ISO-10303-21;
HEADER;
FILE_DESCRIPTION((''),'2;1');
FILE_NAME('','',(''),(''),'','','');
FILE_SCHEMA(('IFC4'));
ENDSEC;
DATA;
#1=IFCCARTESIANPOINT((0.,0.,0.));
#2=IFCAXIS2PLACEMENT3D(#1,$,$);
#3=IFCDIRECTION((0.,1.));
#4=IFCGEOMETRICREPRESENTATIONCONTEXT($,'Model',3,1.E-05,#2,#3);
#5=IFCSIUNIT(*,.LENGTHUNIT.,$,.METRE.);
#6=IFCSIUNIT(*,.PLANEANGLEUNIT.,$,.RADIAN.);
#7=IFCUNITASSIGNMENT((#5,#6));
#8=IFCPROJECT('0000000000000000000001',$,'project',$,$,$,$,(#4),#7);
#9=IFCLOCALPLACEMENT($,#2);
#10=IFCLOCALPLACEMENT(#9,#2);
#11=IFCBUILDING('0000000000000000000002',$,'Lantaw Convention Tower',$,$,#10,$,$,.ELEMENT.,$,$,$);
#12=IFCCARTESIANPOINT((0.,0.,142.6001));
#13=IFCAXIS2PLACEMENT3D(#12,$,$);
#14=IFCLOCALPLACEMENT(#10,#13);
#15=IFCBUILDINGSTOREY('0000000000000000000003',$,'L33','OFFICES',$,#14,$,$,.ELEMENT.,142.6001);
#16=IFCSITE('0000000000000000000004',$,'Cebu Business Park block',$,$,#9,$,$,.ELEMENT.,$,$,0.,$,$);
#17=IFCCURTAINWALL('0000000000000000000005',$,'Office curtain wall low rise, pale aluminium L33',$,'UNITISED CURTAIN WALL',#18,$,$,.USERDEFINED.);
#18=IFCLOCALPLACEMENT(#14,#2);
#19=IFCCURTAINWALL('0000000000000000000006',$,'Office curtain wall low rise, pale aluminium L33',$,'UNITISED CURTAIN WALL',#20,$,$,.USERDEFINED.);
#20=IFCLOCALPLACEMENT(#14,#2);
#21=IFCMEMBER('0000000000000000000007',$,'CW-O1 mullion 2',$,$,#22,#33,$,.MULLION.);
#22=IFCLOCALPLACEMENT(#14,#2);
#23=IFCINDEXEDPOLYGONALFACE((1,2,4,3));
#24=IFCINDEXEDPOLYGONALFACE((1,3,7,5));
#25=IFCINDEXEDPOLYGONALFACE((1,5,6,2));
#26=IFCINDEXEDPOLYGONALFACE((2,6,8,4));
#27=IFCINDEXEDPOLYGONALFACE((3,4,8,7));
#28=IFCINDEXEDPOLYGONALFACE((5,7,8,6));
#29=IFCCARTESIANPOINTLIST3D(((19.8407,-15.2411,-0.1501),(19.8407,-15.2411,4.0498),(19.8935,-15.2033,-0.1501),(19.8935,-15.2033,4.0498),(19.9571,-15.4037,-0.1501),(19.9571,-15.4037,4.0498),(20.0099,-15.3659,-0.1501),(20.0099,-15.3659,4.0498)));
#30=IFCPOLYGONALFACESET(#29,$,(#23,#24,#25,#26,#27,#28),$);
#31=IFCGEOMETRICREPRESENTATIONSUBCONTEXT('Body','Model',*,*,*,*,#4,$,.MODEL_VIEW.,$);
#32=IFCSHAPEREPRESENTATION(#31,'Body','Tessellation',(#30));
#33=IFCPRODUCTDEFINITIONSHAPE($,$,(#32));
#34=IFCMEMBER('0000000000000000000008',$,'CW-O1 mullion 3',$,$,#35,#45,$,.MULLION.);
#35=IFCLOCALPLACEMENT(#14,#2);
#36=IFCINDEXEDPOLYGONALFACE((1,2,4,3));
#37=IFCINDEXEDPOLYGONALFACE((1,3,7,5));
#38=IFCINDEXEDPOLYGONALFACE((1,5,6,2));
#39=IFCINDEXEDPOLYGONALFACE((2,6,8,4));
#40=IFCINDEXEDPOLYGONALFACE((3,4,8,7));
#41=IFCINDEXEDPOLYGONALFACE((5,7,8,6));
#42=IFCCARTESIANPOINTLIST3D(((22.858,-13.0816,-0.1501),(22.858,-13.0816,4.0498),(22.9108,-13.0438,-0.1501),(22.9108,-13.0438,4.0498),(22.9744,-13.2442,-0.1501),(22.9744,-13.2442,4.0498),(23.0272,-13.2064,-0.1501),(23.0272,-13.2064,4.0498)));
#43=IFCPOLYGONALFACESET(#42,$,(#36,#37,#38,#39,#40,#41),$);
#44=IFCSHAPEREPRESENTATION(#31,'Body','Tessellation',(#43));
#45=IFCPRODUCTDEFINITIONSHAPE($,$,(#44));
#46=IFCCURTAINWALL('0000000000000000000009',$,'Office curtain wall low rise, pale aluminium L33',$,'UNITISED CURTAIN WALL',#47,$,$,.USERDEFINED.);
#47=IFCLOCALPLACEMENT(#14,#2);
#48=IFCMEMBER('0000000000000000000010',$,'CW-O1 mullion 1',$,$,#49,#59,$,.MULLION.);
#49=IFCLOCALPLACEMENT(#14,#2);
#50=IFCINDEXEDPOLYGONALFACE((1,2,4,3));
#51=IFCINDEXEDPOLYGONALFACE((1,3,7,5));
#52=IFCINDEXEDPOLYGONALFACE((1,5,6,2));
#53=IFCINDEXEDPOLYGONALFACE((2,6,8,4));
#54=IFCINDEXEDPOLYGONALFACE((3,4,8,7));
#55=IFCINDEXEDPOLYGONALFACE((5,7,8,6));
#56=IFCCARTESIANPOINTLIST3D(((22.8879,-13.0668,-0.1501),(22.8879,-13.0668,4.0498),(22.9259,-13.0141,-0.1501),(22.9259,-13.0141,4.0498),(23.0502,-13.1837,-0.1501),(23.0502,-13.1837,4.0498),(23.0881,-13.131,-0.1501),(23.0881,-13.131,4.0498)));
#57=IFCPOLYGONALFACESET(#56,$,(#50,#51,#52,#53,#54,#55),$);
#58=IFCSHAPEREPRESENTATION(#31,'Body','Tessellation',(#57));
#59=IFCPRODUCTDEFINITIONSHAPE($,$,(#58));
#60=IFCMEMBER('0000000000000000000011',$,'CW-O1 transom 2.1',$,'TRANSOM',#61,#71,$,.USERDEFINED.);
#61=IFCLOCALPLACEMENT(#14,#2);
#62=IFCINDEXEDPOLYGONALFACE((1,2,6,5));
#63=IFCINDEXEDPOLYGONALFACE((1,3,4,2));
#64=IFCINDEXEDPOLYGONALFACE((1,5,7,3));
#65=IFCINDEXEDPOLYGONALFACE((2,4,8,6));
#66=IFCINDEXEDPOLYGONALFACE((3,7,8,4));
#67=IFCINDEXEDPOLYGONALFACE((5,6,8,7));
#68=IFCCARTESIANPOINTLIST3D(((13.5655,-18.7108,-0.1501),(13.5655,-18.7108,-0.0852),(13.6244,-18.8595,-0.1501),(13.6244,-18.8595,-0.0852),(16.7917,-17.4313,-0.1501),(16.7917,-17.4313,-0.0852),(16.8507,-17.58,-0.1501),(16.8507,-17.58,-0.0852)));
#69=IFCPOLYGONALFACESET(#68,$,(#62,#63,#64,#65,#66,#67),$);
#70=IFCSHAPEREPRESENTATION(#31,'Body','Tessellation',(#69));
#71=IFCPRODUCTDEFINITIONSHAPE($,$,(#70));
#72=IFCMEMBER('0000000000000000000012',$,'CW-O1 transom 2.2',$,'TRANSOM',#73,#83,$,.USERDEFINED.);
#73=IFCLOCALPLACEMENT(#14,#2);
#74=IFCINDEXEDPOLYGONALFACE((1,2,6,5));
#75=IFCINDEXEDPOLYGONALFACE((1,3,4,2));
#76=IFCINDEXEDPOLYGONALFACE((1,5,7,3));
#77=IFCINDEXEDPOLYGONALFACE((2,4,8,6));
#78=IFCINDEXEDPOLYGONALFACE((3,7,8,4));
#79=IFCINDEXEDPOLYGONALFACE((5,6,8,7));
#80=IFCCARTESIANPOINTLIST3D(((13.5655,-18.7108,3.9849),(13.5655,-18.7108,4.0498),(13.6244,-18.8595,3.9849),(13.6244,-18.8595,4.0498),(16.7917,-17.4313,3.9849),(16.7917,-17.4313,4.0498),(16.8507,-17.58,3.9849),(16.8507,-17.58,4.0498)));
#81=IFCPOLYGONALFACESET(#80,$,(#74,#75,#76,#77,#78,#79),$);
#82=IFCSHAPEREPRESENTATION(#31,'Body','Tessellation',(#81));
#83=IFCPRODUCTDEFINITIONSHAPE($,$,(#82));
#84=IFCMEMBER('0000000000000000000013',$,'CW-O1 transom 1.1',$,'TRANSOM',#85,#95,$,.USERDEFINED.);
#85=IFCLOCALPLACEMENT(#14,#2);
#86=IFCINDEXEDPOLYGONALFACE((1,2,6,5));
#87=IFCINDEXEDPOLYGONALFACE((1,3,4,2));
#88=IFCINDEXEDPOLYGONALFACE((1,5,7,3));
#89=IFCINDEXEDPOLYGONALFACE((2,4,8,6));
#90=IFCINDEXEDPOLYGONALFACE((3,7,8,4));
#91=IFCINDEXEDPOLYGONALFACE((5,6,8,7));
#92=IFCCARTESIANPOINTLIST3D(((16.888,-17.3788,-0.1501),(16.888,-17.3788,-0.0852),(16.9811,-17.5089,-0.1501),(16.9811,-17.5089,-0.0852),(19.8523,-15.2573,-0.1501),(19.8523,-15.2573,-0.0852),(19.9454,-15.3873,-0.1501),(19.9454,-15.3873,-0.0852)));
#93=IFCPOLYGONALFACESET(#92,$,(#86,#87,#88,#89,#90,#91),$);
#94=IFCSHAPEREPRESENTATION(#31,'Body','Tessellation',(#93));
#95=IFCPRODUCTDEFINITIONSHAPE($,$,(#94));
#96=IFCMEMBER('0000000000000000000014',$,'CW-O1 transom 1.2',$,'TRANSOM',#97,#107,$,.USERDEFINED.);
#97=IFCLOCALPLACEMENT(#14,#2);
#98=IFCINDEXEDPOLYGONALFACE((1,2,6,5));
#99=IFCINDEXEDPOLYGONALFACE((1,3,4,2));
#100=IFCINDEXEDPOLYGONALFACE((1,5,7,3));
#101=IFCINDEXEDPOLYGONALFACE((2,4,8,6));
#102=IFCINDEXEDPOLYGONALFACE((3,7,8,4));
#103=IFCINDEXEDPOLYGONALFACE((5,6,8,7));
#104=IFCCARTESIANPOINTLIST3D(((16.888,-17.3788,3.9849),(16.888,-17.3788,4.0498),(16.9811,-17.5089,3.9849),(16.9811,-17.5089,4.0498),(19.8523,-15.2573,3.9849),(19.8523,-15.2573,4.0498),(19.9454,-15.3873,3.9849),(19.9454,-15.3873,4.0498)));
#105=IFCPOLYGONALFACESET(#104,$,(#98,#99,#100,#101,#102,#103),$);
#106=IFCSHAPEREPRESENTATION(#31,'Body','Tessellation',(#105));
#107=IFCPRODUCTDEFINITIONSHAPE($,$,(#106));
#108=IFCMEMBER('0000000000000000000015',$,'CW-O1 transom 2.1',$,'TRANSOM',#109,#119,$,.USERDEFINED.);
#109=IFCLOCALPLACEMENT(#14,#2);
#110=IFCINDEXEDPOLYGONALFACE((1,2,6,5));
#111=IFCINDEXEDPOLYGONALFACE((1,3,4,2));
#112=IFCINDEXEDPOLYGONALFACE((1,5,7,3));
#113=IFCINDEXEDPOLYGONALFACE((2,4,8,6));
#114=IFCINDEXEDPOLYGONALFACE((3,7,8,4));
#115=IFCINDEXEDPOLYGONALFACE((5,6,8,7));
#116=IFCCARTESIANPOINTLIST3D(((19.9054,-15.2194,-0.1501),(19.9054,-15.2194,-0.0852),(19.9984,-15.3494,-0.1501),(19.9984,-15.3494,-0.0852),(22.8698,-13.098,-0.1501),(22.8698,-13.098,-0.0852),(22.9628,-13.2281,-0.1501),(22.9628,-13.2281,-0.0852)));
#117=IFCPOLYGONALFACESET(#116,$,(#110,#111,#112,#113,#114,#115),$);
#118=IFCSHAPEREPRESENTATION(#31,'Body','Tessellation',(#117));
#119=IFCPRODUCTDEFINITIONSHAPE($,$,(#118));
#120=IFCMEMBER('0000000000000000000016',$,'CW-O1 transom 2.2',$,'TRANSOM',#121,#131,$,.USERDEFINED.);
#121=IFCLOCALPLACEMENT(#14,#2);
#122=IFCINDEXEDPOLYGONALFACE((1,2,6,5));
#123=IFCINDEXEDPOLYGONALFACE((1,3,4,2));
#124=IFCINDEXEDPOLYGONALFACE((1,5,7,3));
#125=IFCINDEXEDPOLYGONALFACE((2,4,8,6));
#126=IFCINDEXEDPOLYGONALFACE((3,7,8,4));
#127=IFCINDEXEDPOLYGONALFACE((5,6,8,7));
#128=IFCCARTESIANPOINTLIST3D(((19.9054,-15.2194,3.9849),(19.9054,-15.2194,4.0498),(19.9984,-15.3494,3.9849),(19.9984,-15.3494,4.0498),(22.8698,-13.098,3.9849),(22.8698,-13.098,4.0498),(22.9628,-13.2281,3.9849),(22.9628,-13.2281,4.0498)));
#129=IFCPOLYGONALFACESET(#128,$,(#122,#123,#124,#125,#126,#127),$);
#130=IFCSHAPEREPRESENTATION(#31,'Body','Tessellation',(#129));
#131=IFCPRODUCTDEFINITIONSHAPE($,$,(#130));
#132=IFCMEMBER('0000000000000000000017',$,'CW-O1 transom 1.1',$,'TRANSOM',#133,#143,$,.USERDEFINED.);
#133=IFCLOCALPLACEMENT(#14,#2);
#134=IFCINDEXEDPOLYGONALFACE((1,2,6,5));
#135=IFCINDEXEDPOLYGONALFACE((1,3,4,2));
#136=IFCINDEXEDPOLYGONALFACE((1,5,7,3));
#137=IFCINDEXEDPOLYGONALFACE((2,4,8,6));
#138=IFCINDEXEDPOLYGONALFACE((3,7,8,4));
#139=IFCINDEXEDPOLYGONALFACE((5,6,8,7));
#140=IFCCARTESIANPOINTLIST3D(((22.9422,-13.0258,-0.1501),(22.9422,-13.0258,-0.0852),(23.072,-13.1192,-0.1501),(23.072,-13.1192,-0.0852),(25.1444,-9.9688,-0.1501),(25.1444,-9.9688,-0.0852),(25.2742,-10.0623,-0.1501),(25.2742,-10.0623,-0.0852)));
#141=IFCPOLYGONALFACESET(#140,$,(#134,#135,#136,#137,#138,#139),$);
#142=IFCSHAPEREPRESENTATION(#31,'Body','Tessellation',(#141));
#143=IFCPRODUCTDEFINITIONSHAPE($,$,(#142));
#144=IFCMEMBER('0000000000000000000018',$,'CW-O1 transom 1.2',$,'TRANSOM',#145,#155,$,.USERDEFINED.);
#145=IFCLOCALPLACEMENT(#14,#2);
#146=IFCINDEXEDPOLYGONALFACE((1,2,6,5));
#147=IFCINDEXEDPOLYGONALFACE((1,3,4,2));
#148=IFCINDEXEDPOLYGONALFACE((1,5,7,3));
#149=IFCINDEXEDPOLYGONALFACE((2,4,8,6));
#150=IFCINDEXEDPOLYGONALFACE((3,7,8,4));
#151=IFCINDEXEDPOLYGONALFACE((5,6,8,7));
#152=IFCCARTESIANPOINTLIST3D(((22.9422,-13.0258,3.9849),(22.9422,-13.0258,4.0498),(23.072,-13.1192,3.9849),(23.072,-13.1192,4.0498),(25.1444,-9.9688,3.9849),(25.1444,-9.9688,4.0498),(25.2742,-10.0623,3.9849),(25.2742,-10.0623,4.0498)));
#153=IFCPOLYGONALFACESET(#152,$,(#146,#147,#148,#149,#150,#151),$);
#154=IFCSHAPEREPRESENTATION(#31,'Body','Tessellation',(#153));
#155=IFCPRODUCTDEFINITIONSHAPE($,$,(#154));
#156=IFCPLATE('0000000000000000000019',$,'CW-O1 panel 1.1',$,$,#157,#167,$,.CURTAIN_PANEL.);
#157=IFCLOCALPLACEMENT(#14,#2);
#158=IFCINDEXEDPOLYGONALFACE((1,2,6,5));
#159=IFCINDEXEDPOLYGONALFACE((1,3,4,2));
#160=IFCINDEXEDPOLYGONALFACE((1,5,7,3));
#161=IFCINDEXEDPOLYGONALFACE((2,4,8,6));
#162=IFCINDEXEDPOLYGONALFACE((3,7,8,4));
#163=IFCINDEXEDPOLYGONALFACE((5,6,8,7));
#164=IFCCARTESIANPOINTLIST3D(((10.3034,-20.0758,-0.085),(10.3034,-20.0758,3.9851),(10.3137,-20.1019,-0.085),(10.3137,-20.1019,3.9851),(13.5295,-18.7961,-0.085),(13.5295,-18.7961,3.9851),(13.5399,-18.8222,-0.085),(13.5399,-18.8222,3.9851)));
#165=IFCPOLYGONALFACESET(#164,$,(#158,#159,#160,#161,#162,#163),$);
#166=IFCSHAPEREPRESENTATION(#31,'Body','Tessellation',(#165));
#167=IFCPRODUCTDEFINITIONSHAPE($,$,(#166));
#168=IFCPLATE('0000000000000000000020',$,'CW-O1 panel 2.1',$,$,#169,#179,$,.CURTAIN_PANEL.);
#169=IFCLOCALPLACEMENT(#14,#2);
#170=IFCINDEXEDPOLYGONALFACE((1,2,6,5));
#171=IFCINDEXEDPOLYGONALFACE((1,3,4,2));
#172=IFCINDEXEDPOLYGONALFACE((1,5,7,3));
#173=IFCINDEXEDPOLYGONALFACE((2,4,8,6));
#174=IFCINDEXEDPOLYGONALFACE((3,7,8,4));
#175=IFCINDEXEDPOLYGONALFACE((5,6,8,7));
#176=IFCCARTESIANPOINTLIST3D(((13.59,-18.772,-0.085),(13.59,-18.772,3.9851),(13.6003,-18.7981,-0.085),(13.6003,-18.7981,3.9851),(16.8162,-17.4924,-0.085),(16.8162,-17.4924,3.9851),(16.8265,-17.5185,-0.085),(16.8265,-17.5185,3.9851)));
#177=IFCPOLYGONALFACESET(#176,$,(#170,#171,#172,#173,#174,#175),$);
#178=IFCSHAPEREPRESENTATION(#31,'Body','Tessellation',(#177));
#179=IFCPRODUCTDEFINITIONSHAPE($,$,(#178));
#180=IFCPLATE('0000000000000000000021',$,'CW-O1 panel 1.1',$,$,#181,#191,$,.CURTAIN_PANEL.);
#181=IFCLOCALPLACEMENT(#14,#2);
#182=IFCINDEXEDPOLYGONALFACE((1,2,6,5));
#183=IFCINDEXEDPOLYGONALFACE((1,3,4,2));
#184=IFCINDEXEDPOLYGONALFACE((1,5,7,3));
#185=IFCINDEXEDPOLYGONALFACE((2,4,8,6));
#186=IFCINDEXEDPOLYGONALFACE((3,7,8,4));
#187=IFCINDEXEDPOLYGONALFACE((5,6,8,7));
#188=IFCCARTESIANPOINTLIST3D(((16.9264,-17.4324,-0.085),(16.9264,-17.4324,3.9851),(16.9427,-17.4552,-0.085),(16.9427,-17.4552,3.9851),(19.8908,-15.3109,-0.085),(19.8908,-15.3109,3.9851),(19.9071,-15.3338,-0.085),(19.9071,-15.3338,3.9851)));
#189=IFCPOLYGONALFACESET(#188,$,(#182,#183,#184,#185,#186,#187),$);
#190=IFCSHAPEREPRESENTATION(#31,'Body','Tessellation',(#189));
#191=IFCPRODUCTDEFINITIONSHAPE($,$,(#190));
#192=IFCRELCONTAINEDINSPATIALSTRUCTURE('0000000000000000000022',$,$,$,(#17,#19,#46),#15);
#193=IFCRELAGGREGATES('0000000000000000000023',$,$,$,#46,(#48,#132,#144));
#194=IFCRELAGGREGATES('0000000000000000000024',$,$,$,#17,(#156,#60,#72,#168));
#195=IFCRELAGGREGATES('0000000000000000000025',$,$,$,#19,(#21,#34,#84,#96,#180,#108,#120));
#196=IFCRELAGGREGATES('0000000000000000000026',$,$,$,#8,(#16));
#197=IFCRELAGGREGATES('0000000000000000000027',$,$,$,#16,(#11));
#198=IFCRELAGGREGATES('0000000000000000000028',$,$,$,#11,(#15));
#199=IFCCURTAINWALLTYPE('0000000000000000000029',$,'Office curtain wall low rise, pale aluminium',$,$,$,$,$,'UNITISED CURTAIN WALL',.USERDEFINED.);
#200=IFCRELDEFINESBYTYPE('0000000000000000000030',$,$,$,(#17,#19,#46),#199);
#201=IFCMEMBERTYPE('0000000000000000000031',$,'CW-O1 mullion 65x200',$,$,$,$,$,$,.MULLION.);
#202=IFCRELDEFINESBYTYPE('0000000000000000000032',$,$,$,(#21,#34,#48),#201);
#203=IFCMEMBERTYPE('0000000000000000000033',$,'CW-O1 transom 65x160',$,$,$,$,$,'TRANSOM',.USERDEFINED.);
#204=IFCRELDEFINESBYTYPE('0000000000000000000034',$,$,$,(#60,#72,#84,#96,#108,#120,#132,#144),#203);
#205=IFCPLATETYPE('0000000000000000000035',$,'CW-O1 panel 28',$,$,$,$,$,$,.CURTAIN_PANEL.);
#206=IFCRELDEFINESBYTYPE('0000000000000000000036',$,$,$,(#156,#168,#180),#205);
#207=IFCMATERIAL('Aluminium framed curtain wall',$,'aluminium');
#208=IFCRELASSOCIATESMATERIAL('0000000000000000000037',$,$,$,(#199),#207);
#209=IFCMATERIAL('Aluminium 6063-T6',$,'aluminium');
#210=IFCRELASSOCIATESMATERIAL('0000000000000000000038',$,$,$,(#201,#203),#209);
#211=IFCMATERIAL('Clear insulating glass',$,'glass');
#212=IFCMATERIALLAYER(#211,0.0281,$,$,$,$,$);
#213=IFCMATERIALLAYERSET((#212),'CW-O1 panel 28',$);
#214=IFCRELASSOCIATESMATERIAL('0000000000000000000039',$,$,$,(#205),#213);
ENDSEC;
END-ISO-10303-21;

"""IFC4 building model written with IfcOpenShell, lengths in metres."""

from ifc_helpers import new_model, si_unit, direction, frame, origin, origin_2d, place, context, subcontext, project, spatial, rectangle, extrude, material, layer, layer_set, material_profile, profile_set, type_object, element, aggregate, save


model = new_model("IFC4")

# Units and contexts
model_context = context("Model", 3, precision=1e-05, world=origin(), true_north=direction((0.0, 1.0)))
body_context = subcontext(model_context, "Body", "Model", "MODEL_VIEW")
ifc_project = project(units=[si_unit("LENGTHUNIT", "METRE"), si_unit("PLANEANGLEUNIT", "RADIAN")], contexts=[model_context])

# Site, building, storey
site_placement = place(None, origin())
site = spatial("IfcSite", under=ifc_project, at=site_placement, Name="Cebu Business Park block", CompositionType="ELEMENT", RefElevation=0.0)
building_placement = place(site_placement, origin())
building = spatial("IfcBuilding", under=site, at=building_placement, Name="Lantaw Convention Tower", CompositionType="ELEMENT")
storey_placement = place(building_placement, frame((0.0, 0.0, 142.6001)))
storey = spatial("IfcBuildingStorey", under=building, at=storey_placement, Name="L33", Description="OFFICES", CompositionType="ELEMENT", Elevation=142.6001)

# Curtain walls, members
ifc_material_1 = material(Name="Aluminium framed curtain wall", Category="aluminium")
curtain_wall_type = type_object("IfcCurtainWallType", Name="Office curtain wall low rise, pale aluminium", ElementType="UNITISED CURTAIN WALL", PredefinedType="USERDEFINED", material=ifc_material_1)
curtain_wall_1_placement = place(storey_placement, origin())
curtain_wall_1 = element("IfcCurtainWall", 1, at=curtain_wall_1_placement, inside=storey, type_object=curtain_wall_type, Name="Office curtain wall low rise, pale aluminium L33", ObjectType="UNITISED CURTAIN WALL", PredefinedType="USERDEFINED")
ifc_material_2 = material(Name="Aluminium 6063-T6", Category="aluminium")
ifc_material_profile_1 = material_profile(ifc_material_2, rectangle(XDim=0.2, YDim=0.0649, at=origin_2d()), Name="CW-O1 mullion 65x200")
ifc_profile_set_1 = profile_set([ifc_material_profile_1], Name="Aluminium 6063-T6")
member_type_1 = type_object("IfcMemberType", Name="CW-O1 mullion 65x200", PredefinedType="MULLION", material=ifc_profile_set_1)
curtain_wall_2_placement = place(storey_placement, origin())
curtain_wall_2 = element("IfcCurtainWall", 2, at=curtain_wall_2_placement, inside=storey, type_object=curtain_wall_type, Name="Office curtain wall low rise, pale aluminium L33", ObjectType="UNITISED CURTAIN WALL", PredefinedType="USERDEFINED")
member_1_placement = place(storey_placement, frame((19.9253, -15.3035, -0.1501), z_axis=(0.0, 0.0, 1.0), x_axis=(-0.581973, 0.813208, 0.0)))
member_1 = element("IfcMember", 3, at=member_1_placement, type_object=member_type_1, Name="CW-O1 mullion 2", PredefinedType="MULLION", context=body_context, shape_type="SweptSolid", body=[
    extrude(rectangle(XDim=0.2, YDim=0.0649, at=origin_2d()), origin(), (0.0, 0.0, 1.0), 4.2),
])
member_2_placement = place(storey_placement, frame((22.9426, -13.144, -0.1501), z_axis=(0.0, 0.0, 1.0), x_axis=(-0.581973, 0.813208, 0.0)))
member_2 = element("IfcMember", 4, at=member_2_placement, type_object=member_type_1, Name="CW-O1 mullion 3", PredefinedType="MULLION", context=body_context, shape_type="SweptSolid", body=[
    extrude(rectangle(XDim=0.2, YDim=0.0649, at=origin_2d()), origin(), (0.0, 0.0, 1.0), 4.2),
])

# Curtain wall, member
curtain_wall_3_placement = place(storey_placement, origin())
curtain_wall_3 = element("IfcCurtainWall", 5, at=curtain_wall_3_placement, inside=storey, type_object=curtain_wall_type, Name="Office curtain wall low rise, pale aluminium L33", ObjectType="UNITISED CURTAIN WALL", PredefinedType="USERDEFINED")
member_3_placement = place(storey_placement, frame((22.988, -13.0989, -0.1501), z_axis=(0.0, 0.0, 1.0), x_axis=(-0.811385, 0.584513, 0.0)))
member_3 = element("IfcMember", 6, at=member_3_placement, type_object=member_type_1, Name="CW-O1 mullion 1", PredefinedType="MULLION", context=body_context, shape_type="SweptSolid", body=[
    extrude(rectangle(XDim=0.2, YDim=0.0649, at=origin_2d()), origin(), (0.0, 0.0, 1.0), 4.2),
])

# Members
ifc_material_profile_2 = material_profile(ifc_material_2, rectangle(XDim=0.1599, YDim=0.0649, at=origin_2d()), Name="CW-O1 transom 65x160")
ifc_profile_set_2 = profile_set([ifc_material_profile_2], Name="Aluminium 6063-T6")
member_type_2 = type_object("IfcMemberType", Name="CW-O1 transom 65x160", ElementType="TRANSOM", PredefinedType="USERDEFINED", material=ifc_profile_set_2)
member_4_placement = place(storey_placement, frame((13.595, -18.7852, -0.1177), z_axis=(0.929564, 0.36866, 0.0), x_axis=(-0.36866, 0.929564, 0.0)))
member_4 = element("IfcMember", 7, at=member_4_placement, type_object=member_type_2, Name="CW-O1 transom 2.1", ObjectType="TRANSOM", PredefinedType="USERDEFINED", context=body_context, shape_type="SweptSolid", body=[
    extrude(rectangle(XDim=0.1599, YDim=0.0649, at=origin_2d()), origin(), (0.0, 0.0, 1.0), 3.4707),
])
member_5_placement = place(storey_placement, frame((13.595, -18.7852, 4.0173), z_axis=(0.929564, 0.36866, 0.0), x_axis=(-0.36866, 0.929564, 0.0)))
member_5 = element("IfcMember", 8, at=member_5_placement, type_object=member_type_2, Name="CW-O1 transom 2.2", ObjectType="TRANSOM", PredefinedType="USERDEFINED", context=body_context, shape_type="SweptSolid", body=[
    extrude(rectangle(XDim=0.1599, YDim=0.0649, at=origin_2d()), origin(), (0.0, 0.0, 1.0), 3.4707),
])
member_6_placement = place(storey_placement, frame((16.9346, -17.4438, -0.1177), z_axis=(0.81319, 0.581998, 0.0), x_axis=(-0.581998, 0.81319, 0.0)))
member_6 = element("IfcMember", 9, at=member_6_placement, type_object=member_type_2, Name="CW-O1 transom 1.1", ObjectType="TRANSOM", PredefinedType="USERDEFINED", context=body_context, shape_type="SweptSolid", body=[
    extrude(rectangle(XDim=0.1599, YDim=0.0649, at=origin_2d()), origin(), (0.0, 0.0, 1.0), 3.6453),
])
member_7_placement = place(storey_placement, frame((16.9346, -17.4438, 4.0173), z_axis=(0.81319, 0.581998, 0.0), x_axis=(-0.581998, 0.81319, 0.0)))
member_7 = element("IfcMember", 10, at=member_7_placement, type_object=member_type_2, Name="CW-O1 transom 1.2", ObjectType="TRANSOM", PredefinedType="USERDEFINED", context=body_context, shape_type="SweptSolid", body=[
    extrude(rectangle(XDim=0.1599, YDim=0.0649, at=origin_2d()), origin(), (0.0, 0.0, 1.0), 3.6453),
])
member_8_placement = place(storey_placement, frame((19.9519, -15.2844, -0.1177), z_axis=(0.813222, 0.581954, 0.0), x_axis=(-0.581954, 0.813222, 0.0)))
member_8 = element("IfcMember", 11, at=member_8_placement, type_object=member_type_2, Name="CW-O1 transom 2.1", ObjectType="TRANSOM", PredefinedType="USERDEFINED", context=body_context, shape_type="SweptSolid", body=[
    extrude(rectangle(XDim=0.1599, YDim=0.0649, at=origin_2d()), origin(), (0.0, 0.0, 1.0), 3.6453),
])
member_9_placement = place(storey_placement, frame((19.9519, -15.2844, 4.0173), z_axis=(0.813222, 0.581954, 0.0), x_axis=(-0.581954, 0.813222, 0.0)))
member_9 = element("IfcMember", 12, at=member_9_placement, type_object=member_type_2, Name="CW-O1 transom 2.2", ObjectType="TRANSOM", PredefinedType="USERDEFINED", context=body_context, shape_type="SweptSolid", body=[
    extrude(rectangle(XDim=0.1599, YDim=0.0649, at=origin_2d()), origin(), (0.0, 0.0, 1.0), 3.6453),
])
member_10_placement = place(storey_placement, frame((23.0071, -13.0725, -0.1177), z_axis=(0.584513, 0.811384, 0.0), x_axis=(-0.811384, 0.584513, 0.0)))
member_10 = element("IfcMember", 13, at=member_10_placement, type_object=member_type_2, Name="CW-O1 transom 1.1", ObjectType="TRANSOM", PredefinedType="USERDEFINED", context=body_context, shape_type="SweptSolid", body=[
    extrude(rectangle(XDim=0.1599, YDim=0.0649, at=origin_2d()), origin(), (0.0, 0.0, 1.0), 3.7676),
])
member_11_placement = place(storey_placement, frame((23.0071, -13.0725, 4.0173), z_axis=(0.584513, 0.811384, 0.0), x_axis=(-0.811384, 0.584513, 0.0)))
member_11 = element("IfcMember", 14, at=member_11_placement, type_object=member_type_2, Name="CW-O1 transom 1.2", ObjectType="TRANSOM", PredefinedType="USERDEFINED", context=body_context, shape_type="SweptSolid", body=[
    extrude(rectangle(XDim=0.1599, YDim=0.0649, at=origin_2d()), origin(), (0.0, 0.0, 1.0), 3.7676),
])
aggregate(curtain_wall_3, [member_3, member_10, member_11])

# Plates
ifc_material_3 = material(Name="Clear insulating glass", Category="glass")
ifc_layer_1 = layer(ifc_material_3, 0.0281)
ifc_layer_set_1 = layer_set([ifc_layer_1], Name="CW-O1 panel 28")
plate_type_1 = type_object("IfcPlateType", Name="CW-O1 panel 28", PredefinedType="CURTAIN_PANEL", material=ifc_layer_set_1)
plate_1_placement = place(storey_placement, frame((11.9216, -19.449, -0.085), z_axis=(0.0, 0.0, 1.0), x_axis=(0.929548, 0.368702, 0.0)))
plate_1 = element("IfcPlate", 15, at=plate_1_placement, type_object=plate_type_1, Name="CW-O1 panel 1.1", PredefinedType="CURTAIN_PANEL", context=body_context, shape_type="SweptSolid", body=[
    extrude(rectangle(XDim=3.4707, YDim=0.0281, at=origin_2d()), origin(), (0.0, 0.0, 1.0), 4.0701),
])
plate_2_placement = place(storey_placement, frame((15.2083, -18.1453, -0.085), z_axis=(0.0, 0.0, 1.0), x_axis=(0.929548, 0.368702, 0.0)))
plate_2 = element("IfcPlate", 16, at=plate_2_placement, type_object=plate_type_1, Name="CW-O1 panel 2.1", PredefinedType="CURTAIN_PANEL", context=body_context, shape_type="SweptSolid", body=[
    extrude(rectangle(XDim=3.4707, YDim=0.0281, at=origin_2d()), origin(), (0.0, 0.0, 1.0), 4.0701),
])
aggregate(curtain_wall_1, [plate_1, member_4, member_5, plate_2])
plate_3_placement = place(storey_placement, frame((18.4167, -16.3831, -0.085), z_axis=(0.0, 0.0, 1.0), x_axis=(0.813208, 0.581973, 0.0)))
plate_3 = element("IfcPlate", 17, at=plate_3_placement, type_object=plate_type_1, Name="CW-O1 panel 1.1", PredefinedType="CURTAIN_PANEL", context=body_context, shape_type="SweptSolid", body=[
    extrude(rectangle(XDim=3.6453, YDim=0.0281, at=origin_2d()), origin(), (0.0, 0.0, 1.0), 4.0701),
])
aggregate(curtain_wall_2, [member_1, member_2, member_6, member_7, plate_3, member_8, member_9])

save(model, "model.ifc")
